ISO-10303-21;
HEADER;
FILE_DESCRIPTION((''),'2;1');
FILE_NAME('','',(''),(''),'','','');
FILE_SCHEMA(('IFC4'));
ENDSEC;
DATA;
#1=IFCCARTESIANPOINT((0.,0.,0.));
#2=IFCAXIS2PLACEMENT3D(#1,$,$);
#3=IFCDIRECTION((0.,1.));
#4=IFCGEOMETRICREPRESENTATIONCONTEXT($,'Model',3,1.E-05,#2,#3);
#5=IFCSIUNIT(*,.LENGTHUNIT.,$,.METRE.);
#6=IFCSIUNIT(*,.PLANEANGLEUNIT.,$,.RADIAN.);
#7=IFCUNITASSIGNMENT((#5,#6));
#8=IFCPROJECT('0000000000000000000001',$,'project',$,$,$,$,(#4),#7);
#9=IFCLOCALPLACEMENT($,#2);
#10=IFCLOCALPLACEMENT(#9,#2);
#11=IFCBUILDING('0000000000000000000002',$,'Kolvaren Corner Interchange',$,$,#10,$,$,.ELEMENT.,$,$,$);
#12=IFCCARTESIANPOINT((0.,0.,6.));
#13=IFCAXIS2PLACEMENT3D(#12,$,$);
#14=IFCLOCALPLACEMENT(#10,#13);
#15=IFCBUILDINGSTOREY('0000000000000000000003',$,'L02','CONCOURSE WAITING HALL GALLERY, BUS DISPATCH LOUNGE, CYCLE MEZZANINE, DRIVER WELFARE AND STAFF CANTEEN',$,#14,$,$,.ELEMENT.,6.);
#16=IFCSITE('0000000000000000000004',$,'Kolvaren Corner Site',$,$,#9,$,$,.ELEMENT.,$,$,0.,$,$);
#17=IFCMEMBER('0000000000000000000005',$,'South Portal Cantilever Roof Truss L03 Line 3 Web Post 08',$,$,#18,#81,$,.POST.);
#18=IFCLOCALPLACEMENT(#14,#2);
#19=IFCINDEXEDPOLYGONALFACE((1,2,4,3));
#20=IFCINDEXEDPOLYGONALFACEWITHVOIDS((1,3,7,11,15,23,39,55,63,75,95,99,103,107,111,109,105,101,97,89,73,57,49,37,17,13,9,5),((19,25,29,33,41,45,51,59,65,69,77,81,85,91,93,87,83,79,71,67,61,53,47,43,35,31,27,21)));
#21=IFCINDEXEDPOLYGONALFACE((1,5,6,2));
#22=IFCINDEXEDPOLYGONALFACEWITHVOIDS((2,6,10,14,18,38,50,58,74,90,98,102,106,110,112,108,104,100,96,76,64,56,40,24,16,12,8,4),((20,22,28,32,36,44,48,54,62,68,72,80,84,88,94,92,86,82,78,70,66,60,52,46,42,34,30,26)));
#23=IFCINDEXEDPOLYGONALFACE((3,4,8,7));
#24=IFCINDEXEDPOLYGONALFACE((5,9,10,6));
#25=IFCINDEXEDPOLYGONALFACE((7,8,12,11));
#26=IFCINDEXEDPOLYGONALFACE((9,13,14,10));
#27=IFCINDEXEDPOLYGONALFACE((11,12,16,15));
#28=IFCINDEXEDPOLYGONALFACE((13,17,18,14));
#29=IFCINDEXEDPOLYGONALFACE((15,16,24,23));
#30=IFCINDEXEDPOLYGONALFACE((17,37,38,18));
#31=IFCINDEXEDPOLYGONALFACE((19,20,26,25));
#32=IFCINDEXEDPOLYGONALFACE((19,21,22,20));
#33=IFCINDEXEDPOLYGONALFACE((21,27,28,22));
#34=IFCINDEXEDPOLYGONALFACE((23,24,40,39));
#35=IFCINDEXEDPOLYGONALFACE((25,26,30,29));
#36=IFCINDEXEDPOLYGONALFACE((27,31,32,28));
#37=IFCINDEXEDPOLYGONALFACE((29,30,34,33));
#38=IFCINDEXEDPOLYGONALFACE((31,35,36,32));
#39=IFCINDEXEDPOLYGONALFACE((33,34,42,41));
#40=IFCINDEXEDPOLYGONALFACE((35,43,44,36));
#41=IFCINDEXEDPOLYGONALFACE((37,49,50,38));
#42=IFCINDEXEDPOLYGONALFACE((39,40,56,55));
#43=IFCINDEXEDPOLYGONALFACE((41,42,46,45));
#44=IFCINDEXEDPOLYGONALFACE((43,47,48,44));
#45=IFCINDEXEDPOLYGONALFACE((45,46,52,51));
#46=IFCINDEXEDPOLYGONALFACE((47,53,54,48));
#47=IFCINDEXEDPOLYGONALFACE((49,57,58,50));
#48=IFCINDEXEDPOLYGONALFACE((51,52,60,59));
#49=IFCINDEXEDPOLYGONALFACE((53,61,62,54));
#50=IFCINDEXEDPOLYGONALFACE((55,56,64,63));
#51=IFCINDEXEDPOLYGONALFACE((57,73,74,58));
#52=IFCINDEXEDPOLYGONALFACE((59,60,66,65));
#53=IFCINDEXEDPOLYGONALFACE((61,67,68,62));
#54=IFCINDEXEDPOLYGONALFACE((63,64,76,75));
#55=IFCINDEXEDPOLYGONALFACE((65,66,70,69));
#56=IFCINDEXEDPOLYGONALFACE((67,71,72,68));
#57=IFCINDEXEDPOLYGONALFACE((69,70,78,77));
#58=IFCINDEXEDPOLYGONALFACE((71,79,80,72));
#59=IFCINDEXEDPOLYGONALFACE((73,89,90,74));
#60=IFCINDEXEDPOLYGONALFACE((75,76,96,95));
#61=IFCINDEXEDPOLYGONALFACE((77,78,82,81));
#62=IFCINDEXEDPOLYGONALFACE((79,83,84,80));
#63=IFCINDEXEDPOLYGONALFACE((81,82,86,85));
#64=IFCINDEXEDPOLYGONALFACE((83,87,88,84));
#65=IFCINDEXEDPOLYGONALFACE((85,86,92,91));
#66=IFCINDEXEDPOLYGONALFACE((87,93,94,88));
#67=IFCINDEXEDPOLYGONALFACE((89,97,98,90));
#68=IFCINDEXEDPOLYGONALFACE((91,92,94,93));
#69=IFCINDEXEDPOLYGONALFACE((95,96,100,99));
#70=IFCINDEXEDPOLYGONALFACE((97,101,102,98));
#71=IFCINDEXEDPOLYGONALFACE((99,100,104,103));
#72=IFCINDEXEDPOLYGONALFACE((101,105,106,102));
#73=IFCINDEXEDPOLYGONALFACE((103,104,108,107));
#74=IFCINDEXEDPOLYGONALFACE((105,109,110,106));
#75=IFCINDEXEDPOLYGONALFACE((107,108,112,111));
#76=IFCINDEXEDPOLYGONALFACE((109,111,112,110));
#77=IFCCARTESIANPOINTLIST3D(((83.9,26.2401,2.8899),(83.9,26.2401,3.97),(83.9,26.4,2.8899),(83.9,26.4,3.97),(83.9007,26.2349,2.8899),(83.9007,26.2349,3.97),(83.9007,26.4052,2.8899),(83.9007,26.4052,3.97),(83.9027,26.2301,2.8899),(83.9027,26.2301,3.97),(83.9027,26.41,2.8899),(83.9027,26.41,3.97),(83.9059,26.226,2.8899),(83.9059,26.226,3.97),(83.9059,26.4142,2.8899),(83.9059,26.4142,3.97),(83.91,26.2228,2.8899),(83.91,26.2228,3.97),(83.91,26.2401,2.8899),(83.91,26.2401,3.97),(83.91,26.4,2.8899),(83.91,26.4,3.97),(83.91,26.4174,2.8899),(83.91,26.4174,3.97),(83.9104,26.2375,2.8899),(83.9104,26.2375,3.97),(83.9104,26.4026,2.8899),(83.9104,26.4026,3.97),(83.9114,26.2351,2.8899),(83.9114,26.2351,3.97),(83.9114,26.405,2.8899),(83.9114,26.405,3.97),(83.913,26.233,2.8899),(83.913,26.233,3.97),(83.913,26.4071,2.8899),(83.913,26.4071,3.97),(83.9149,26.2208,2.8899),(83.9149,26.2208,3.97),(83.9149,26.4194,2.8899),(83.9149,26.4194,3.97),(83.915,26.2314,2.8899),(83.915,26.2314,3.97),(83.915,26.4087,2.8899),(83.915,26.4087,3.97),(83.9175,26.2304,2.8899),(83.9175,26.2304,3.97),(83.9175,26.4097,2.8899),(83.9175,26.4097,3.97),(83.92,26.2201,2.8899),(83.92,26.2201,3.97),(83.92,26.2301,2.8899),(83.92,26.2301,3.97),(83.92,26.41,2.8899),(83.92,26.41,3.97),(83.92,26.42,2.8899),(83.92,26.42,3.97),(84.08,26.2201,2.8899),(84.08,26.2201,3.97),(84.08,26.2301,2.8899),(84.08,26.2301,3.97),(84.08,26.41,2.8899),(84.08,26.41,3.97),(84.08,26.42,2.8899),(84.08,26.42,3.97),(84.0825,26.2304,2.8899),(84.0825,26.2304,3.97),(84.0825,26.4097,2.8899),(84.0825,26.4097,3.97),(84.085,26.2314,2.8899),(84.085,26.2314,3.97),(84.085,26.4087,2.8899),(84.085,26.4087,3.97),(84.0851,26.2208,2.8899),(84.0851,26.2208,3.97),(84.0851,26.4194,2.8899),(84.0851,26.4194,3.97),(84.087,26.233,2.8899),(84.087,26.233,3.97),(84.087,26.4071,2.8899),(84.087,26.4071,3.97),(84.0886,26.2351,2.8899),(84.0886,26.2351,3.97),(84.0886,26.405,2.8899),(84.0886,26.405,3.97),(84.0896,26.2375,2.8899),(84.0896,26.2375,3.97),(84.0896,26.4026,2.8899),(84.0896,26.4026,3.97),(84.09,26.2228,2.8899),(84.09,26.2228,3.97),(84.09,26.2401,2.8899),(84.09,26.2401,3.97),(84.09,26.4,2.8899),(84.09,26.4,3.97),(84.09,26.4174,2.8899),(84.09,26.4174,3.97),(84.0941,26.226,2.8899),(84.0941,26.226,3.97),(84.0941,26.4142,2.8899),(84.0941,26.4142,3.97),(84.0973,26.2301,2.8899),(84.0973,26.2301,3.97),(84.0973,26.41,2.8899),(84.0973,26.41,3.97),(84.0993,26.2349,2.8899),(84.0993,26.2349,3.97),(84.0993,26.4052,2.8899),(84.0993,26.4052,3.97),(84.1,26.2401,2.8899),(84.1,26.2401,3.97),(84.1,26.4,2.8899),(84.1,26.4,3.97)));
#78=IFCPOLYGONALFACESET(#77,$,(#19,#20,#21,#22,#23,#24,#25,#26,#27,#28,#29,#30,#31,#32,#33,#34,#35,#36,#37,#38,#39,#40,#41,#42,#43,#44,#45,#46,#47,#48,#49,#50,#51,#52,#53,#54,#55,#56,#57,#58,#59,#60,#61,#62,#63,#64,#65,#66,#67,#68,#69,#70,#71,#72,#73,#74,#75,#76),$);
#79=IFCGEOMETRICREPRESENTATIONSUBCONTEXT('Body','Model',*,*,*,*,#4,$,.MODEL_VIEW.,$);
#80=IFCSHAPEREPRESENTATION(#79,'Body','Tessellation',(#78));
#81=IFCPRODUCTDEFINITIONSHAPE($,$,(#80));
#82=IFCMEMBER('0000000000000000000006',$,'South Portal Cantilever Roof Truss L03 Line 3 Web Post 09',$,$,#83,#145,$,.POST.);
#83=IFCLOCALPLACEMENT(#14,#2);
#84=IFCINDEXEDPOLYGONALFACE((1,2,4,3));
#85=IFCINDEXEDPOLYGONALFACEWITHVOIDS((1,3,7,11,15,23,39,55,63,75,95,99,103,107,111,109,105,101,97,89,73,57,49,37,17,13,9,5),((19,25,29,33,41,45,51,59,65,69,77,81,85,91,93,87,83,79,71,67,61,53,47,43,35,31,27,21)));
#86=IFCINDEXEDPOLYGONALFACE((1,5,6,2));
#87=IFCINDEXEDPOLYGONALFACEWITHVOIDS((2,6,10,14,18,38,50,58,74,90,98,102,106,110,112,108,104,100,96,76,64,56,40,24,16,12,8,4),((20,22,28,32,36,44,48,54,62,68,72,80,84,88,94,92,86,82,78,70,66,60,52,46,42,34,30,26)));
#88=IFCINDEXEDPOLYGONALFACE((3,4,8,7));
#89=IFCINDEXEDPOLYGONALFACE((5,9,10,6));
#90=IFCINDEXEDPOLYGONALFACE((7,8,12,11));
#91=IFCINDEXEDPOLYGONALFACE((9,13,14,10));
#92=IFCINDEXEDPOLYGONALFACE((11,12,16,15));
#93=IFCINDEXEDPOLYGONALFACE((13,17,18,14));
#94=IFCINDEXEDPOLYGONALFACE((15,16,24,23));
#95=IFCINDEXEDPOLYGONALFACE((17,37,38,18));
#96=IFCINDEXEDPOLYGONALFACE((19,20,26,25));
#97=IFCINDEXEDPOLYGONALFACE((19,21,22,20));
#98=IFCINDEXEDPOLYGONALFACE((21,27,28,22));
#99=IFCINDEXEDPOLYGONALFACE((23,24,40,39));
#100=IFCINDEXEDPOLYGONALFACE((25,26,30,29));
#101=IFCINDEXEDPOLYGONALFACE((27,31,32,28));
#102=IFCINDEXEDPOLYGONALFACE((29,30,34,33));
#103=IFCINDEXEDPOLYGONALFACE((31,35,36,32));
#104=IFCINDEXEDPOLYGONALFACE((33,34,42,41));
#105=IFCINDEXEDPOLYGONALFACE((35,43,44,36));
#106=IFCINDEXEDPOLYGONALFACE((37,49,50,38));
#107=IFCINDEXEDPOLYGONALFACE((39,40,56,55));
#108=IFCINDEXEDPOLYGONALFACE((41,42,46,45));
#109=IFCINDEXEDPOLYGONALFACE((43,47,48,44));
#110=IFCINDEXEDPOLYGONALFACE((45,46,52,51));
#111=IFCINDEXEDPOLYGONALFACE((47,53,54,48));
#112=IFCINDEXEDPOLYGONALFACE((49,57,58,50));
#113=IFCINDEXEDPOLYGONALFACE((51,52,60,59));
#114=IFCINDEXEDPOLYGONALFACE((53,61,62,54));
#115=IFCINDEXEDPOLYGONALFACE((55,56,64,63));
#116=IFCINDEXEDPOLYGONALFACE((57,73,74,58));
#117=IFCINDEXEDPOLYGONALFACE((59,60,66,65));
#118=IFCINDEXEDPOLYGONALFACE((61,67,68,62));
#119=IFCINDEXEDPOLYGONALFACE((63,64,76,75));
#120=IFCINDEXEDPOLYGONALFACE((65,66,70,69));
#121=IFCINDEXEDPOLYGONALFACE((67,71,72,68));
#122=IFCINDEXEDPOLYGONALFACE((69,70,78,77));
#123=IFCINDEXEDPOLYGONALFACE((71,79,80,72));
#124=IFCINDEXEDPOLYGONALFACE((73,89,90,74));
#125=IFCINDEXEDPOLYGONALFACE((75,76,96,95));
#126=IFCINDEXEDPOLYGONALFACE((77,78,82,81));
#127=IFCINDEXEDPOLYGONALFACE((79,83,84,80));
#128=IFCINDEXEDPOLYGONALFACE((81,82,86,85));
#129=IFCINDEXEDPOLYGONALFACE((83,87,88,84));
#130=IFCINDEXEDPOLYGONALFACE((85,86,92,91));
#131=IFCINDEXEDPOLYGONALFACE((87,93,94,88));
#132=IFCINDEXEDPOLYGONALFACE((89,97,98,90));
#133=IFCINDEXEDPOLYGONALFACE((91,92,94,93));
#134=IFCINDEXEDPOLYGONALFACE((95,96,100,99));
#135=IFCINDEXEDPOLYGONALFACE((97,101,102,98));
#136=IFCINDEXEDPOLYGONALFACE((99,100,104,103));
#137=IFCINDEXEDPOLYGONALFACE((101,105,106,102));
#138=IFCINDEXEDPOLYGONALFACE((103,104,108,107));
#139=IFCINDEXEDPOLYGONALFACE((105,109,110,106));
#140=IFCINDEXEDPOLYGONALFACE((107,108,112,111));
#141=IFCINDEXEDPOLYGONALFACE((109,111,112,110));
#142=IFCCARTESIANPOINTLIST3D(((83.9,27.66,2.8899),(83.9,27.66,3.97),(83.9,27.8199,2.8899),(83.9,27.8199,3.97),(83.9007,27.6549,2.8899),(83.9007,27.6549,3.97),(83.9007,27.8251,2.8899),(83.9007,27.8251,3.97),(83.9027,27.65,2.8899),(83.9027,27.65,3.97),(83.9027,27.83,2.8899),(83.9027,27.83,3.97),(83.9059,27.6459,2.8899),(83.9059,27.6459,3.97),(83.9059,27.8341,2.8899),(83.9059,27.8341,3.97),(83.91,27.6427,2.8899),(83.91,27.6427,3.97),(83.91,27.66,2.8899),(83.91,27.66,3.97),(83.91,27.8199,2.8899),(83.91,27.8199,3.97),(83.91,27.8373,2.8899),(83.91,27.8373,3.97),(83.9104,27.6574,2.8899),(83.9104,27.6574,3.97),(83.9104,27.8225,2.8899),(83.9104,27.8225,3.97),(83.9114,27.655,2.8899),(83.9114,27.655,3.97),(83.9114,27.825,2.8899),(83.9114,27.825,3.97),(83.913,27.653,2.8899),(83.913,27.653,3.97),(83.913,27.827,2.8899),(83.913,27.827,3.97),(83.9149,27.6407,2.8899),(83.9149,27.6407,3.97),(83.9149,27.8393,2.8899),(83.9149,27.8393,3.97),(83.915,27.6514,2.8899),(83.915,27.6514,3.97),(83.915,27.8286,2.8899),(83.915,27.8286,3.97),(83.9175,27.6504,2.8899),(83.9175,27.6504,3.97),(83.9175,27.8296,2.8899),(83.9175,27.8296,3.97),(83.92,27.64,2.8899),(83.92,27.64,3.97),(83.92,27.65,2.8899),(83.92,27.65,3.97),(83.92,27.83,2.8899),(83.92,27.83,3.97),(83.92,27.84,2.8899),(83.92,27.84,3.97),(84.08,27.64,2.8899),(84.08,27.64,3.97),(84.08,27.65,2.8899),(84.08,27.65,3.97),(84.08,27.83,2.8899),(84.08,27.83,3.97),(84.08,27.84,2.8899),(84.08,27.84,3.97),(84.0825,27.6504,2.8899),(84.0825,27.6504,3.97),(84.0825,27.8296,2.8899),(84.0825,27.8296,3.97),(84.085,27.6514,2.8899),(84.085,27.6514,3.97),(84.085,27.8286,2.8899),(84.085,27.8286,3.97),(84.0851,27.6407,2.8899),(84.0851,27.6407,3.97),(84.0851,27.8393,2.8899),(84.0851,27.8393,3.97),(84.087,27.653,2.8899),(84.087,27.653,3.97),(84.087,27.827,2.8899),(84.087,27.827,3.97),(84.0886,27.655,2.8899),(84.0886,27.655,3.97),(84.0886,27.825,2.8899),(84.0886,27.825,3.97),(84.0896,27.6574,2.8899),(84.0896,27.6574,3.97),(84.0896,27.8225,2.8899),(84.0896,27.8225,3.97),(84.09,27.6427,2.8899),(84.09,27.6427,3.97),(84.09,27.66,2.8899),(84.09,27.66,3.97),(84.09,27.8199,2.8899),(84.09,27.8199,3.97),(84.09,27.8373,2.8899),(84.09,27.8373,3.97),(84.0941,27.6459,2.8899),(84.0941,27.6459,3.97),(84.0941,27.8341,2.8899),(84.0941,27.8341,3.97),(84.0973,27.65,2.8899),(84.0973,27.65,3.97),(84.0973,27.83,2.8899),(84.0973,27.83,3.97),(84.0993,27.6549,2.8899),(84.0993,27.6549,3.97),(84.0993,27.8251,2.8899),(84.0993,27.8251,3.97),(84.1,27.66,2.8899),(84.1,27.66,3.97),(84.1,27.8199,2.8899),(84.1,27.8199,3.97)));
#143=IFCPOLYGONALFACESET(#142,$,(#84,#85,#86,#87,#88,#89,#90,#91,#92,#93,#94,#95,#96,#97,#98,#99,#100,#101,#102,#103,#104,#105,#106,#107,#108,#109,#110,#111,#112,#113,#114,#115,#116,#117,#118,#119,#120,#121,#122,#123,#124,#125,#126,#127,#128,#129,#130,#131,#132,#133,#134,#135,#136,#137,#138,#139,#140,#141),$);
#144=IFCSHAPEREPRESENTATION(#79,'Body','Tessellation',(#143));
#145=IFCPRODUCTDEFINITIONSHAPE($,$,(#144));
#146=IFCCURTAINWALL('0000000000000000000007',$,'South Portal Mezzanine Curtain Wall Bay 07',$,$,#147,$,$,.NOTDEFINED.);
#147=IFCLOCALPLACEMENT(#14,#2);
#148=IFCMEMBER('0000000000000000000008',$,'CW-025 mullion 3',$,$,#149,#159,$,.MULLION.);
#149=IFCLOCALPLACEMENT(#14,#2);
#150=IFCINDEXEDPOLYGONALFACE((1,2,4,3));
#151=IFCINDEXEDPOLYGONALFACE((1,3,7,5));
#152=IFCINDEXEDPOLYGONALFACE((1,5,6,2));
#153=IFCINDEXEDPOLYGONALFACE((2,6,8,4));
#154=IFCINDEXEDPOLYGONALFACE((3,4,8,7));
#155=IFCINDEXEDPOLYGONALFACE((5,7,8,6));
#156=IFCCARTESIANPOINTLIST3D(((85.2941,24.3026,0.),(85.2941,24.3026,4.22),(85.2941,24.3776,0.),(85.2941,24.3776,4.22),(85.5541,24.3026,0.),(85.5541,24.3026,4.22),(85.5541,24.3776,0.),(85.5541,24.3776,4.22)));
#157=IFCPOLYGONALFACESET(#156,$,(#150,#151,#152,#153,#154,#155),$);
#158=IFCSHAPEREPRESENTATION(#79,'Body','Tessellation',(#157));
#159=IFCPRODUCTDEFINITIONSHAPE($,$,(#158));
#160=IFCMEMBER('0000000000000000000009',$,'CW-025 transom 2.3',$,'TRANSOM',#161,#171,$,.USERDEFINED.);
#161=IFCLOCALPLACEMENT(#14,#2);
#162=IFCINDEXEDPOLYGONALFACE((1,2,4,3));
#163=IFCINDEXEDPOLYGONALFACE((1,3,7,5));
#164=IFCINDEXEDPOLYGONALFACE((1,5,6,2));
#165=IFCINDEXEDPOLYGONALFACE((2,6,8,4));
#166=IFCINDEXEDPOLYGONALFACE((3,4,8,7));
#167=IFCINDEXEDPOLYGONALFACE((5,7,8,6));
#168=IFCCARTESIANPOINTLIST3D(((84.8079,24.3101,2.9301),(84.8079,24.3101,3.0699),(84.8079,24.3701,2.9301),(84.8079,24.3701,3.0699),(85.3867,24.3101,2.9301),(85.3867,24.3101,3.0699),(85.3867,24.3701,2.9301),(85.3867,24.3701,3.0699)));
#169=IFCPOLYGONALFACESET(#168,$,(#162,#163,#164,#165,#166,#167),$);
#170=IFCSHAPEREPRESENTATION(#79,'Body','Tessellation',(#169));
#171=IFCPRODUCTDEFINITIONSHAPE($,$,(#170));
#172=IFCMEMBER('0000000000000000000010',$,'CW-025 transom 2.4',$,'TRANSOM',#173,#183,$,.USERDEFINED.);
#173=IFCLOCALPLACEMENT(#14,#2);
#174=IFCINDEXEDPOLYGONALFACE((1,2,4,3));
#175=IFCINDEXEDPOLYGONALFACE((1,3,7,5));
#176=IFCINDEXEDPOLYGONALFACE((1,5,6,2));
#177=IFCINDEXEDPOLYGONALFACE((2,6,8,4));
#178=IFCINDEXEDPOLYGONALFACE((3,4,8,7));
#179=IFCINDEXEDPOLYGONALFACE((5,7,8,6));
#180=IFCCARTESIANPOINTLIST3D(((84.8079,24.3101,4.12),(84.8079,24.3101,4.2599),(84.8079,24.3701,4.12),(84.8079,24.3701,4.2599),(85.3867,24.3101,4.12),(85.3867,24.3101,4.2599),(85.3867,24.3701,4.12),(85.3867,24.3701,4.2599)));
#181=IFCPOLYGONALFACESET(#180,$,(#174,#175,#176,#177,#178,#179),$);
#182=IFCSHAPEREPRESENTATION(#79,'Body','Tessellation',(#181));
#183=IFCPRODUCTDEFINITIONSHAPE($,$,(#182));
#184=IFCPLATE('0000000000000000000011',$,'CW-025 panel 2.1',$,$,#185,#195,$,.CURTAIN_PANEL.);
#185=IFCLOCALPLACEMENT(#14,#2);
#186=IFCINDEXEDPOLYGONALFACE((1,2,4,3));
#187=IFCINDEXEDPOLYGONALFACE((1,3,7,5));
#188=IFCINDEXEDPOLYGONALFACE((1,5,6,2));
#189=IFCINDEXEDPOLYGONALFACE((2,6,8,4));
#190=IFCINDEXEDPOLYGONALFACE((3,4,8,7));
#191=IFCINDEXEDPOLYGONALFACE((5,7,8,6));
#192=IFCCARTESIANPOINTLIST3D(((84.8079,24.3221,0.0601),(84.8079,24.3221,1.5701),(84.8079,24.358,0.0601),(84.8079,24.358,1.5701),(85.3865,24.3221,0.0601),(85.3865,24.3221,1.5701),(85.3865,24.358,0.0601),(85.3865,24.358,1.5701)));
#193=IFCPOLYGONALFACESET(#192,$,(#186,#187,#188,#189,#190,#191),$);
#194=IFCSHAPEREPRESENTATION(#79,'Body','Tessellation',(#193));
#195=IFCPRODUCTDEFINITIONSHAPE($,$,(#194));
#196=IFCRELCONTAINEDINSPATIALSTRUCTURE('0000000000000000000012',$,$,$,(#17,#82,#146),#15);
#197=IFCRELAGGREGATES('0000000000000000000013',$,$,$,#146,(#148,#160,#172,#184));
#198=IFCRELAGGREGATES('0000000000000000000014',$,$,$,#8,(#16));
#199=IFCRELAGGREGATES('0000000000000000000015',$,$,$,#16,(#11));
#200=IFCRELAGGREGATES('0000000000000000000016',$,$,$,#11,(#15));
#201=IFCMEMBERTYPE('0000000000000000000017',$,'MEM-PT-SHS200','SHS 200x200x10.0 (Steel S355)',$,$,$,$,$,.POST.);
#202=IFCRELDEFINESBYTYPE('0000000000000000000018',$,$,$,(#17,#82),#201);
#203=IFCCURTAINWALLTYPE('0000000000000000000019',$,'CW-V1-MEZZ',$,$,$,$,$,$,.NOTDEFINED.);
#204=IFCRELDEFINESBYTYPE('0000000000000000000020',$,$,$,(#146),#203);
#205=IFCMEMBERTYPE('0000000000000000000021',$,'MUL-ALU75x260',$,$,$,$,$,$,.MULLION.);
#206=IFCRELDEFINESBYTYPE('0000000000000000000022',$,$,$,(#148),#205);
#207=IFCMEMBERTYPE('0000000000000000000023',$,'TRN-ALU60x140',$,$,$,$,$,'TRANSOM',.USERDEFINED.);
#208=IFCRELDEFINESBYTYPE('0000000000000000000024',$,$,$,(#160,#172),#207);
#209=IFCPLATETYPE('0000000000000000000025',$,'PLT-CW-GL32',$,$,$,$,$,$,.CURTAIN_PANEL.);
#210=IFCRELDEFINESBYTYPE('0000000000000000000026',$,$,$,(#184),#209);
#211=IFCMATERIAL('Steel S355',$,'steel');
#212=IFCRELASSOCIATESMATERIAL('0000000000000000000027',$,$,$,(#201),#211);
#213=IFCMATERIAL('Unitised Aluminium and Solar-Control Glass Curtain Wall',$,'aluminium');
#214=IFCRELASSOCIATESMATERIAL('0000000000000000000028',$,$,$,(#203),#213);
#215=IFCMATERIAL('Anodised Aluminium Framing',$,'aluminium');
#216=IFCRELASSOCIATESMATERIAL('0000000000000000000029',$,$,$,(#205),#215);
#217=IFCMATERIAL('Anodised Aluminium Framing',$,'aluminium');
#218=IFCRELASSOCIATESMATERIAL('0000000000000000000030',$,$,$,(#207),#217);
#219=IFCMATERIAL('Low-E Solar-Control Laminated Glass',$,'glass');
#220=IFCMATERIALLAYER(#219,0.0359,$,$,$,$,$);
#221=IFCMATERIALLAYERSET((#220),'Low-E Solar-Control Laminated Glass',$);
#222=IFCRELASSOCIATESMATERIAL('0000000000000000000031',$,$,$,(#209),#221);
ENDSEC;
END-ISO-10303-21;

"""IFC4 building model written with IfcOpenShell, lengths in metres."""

from ifc_helpers import new_model, si_unit, direction, frame, origin, origin_2d, place, context, subcontext, project, spatial, rectangle, hollow_rectangle, extrude, material, layer, layer_set, material_profile, profile_set, type_object, element, aggregate, save


model = new_model("IFC4")

# Units and contexts
model_context = context("Model", 3, precision=1e-05, world=origin(), true_north=direction((0.0, 1.0)))
body_context = subcontext(model_context, "Body", "Model", "MODEL_VIEW")
ifc_project = project(units=[si_unit("LENGTHUNIT", "METRE"), si_unit("PLANEANGLEUNIT", "RADIAN")], contexts=[model_context])

# Site, building, storey
site_placement = place(None, origin())
site = spatial("IfcSite", under=ifc_project, at=site_placement, Name="Kolvaren Corner Site", CompositionType="ELEMENT", RefElevation=0.0)
building_placement = place(site_placement, origin())
building = spatial("IfcBuilding", under=site, at=building_placement, Name="Kolvaren Corner Interchange", CompositionType="ELEMENT")
storey_placement = place(building_placement, frame((0.0, 0.0, 6.0)))
storey = spatial("IfcBuildingStorey", under=building, at=storey_placement, Name="L02", Description="CONCOURSE WAITING HALL GALLERY, BUS DISPATCH LOUNGE, CYCLE MEZZANINE, DRIVER WELFARE AND STAFF CANTEEN", CompositionType="ELEMENT", Elevation=6.0)

# Members
ifc_material_1 = material(Name="Steel S355", Category="steel")
ifc_material_profile_1 = material_profile(ifc_material_1, hollow_rectangle(XDim=0.2, YDim=0.2, WallThickness=0.01, InnerFilletRadius=0.01, OuterFilletRadius=0.02, at=origin_2d()), Name="SHS 200x200x10.0")
ifc_profile_set_1 = profile_set([ifc_material_profile_1], Name="Steel S355")
member_type_1 = type_object("IfcMemberType", Name="MEM-PT-SHS200", Description="SHS 200x200x10.0 (Steel S355)", PredefinedType="POST", material=ifc_profile_set_1)
for number, where, z_axis, x_axis, name in (
    (1, (84.0, 26.3201, 2.8899), (0.0, 0.0, 1.0), (1.0, 0.0, 0.0), "South Portal Cantilever Roof Truss L03 Line 3 Web Post 08"),
    (2, (84.0, 27.74, 2.8899), (0.0, 0.0, 1.0), (1.0, 0.0, 0.0), "South Portal Cantilever Roof Truss L03 Line 3 Web Post 09"),
):
    element("IfcMember", number, at=place(storey_placement, frame(where, z_axis=z_axis, x_axis=x_axis)), inside=storey, type_object=member_type_1, Name=name, PredefinedType="POST", context=body_context, shape_type="SweptSolid", body=[
        extrude(hollow_rectangle(XDim=0.2, YDim=0.2, WallThickness=0.01, InnerFilletRadius=0.01, OuterFilletRadius=0.02, at=origin_2d()), origin(), (0.0, 0.0, 1.0), 1.0801),
    ])

# Curtain wall, members, plate
ifc_material_2 = material(Name="Unitised Aluminium and Solar-Control Glass Curtain Wall", Category="aluminium")
curtain_wall_type = type_object("IfcCurtainWallType", Name="CW-V1-MEZZ", PredefinedType="NOTDEFINED", material=ifc_material_2)
curtain_wall_placement = place(storey_placement, origin())
curtain_wall = element("IfcCurtainWall", 3, at=curtain_wall_placement, inside=storey, type_object=curtain_wall_type, Name="South Portal Mezzanine Curtain Wall Bay 07", PredefinedType="NOTDEFINED")
ifc_material_3 = material(Name="Anodised Aluminium Framing", Category="aluminium")
ifc_material_profile_2 = material_profile(ifc_material_3, rectangle(XDim=0.075, YDim=0.26, at=origin_2d()), Name="ALU 75x260")
ifc_profile_set_2 = profile_set([ifc_material_profile_2], Name="Anodised Aluminium Framing")
member_type_2 = type_object("IfcMemberType", Name="MUL-ALU75x260", PredefinedType="MULLION", material=ifc_profile_set_2)
member_1_placement = place(storey_placement, frame((85.4241, 24.3401, 0.0), z_axis=(0.0, 0.0, 1.0), x_axis=(0.0, 1.0, 0.0)))
member_1 = element("IfcMember", 4, at=member_1_placement, type_object=member_type_2, Name="CW-025 mullion 3", PredefinedType="MULLION", context=body_context, shape_type="SweptSolid", body=[
    extrude(rectangle(XDim=0.075, YDim=0.26, at=origin_2d()), origin(), (0.0, 0.0, 1.0), 4.22),
])
ifc_material_4 = material(Name="Anodised Aluminium Framing", Category="aluminium")
ifc_material_profile_3 = material_profile(ifc_material_4, rectangle(XDim=0.0601, YDim=0.1399, at=origin_2d()), Name="ALU 60x140")
ifc_profile_set_3 = profile_set([ifc_material_profile_3], Name="Anodised Aluminium Framing")
member_type_3 = type_object("IfcMemberType", Name="TRN-ALU60x140", ElementType="TRANSOM", PredefinedType="USERDEFINED", material=ifc_profile_set_3)
member_2_placement = place(storey_placement, frame((84.8079, 24.3401, 3.0), z_axis=(1.0, 0.0, 0.0), x_axis=(0.0, 1.0, 0.0)))
member_2 = element("IfcMember", 5, at=member_2_placement, type_object=member_type_3, Name="CW-025 transom 2.3", ObjectType="TRANSOM", PredefinedType="USERDEFINED", context=body_context, shape_type="SweptSolid", body=[
    extrude(rectangle(XDim=0.0601, YDim=0.1399, at=origin_2d()), origin(), (0.0, 0.0, 1.0), 0.5789),
])
member_3_placement = place(storey_placement, frame((84.8079, 24.3401, 4.1899), z_axis=(1.0, 0.0, 0.0), x_axis=(0.0, 1.0, 0.0)))
member_3 = element("IfcMember", 6, at=member_3_placement, type_object=member_type_3, Name="CW-025 transom 2.4", ObjectType="TRANSOM", PredefinedType="USERDEFINED", context=body_context, shape_type="SweptSolid", body=[
    extrude(rectangle(XDim=0.0601, YDim=0.1399, at=origin_2d()), origin(), (0.0, 0.0, 1.0), 0.5789),
])
ifc_material_5 = material(Name="Low-E Solar-Control Laminated Glass", Category="glass")
ifc_layer = layer(ifc_material_5, 0.0359)
ifc_layer_set = layer_set([ifc_layer], Name="Low-E Solar-Control Laminated Glass")
plate_type = type_object("IfcPlateType", Name="PLT-CW-GL32", PredefinedType="CURTAIN_PANEL", material=ifc_layer_set)
plate_1_placement = place(storey_placement, frame((85.0972, 24.3401, 0.0601), z_axis=(0.0, 0.0, 1.0), x_axis=(1.0, 0.0, 0.0)))
plate_1 = element("IfcPlate", 7, at=plate_1_placement, type_object=plate_type, Name="CW-025 panel 2.1", PredefinedType="CURTAIN_PANEL", context=body_context, shape_type="SweptSolid", body=[
    extrude(rectangle(XDim=0.5786, YDim=0.0359, at=origin_2d()), origin(), (0.0, 0.0, 1.0), 1.51),
])
aggregate(curtain_wall, [member_1, member_2, member_3, plate_1])

save(model, "model.ifc")
